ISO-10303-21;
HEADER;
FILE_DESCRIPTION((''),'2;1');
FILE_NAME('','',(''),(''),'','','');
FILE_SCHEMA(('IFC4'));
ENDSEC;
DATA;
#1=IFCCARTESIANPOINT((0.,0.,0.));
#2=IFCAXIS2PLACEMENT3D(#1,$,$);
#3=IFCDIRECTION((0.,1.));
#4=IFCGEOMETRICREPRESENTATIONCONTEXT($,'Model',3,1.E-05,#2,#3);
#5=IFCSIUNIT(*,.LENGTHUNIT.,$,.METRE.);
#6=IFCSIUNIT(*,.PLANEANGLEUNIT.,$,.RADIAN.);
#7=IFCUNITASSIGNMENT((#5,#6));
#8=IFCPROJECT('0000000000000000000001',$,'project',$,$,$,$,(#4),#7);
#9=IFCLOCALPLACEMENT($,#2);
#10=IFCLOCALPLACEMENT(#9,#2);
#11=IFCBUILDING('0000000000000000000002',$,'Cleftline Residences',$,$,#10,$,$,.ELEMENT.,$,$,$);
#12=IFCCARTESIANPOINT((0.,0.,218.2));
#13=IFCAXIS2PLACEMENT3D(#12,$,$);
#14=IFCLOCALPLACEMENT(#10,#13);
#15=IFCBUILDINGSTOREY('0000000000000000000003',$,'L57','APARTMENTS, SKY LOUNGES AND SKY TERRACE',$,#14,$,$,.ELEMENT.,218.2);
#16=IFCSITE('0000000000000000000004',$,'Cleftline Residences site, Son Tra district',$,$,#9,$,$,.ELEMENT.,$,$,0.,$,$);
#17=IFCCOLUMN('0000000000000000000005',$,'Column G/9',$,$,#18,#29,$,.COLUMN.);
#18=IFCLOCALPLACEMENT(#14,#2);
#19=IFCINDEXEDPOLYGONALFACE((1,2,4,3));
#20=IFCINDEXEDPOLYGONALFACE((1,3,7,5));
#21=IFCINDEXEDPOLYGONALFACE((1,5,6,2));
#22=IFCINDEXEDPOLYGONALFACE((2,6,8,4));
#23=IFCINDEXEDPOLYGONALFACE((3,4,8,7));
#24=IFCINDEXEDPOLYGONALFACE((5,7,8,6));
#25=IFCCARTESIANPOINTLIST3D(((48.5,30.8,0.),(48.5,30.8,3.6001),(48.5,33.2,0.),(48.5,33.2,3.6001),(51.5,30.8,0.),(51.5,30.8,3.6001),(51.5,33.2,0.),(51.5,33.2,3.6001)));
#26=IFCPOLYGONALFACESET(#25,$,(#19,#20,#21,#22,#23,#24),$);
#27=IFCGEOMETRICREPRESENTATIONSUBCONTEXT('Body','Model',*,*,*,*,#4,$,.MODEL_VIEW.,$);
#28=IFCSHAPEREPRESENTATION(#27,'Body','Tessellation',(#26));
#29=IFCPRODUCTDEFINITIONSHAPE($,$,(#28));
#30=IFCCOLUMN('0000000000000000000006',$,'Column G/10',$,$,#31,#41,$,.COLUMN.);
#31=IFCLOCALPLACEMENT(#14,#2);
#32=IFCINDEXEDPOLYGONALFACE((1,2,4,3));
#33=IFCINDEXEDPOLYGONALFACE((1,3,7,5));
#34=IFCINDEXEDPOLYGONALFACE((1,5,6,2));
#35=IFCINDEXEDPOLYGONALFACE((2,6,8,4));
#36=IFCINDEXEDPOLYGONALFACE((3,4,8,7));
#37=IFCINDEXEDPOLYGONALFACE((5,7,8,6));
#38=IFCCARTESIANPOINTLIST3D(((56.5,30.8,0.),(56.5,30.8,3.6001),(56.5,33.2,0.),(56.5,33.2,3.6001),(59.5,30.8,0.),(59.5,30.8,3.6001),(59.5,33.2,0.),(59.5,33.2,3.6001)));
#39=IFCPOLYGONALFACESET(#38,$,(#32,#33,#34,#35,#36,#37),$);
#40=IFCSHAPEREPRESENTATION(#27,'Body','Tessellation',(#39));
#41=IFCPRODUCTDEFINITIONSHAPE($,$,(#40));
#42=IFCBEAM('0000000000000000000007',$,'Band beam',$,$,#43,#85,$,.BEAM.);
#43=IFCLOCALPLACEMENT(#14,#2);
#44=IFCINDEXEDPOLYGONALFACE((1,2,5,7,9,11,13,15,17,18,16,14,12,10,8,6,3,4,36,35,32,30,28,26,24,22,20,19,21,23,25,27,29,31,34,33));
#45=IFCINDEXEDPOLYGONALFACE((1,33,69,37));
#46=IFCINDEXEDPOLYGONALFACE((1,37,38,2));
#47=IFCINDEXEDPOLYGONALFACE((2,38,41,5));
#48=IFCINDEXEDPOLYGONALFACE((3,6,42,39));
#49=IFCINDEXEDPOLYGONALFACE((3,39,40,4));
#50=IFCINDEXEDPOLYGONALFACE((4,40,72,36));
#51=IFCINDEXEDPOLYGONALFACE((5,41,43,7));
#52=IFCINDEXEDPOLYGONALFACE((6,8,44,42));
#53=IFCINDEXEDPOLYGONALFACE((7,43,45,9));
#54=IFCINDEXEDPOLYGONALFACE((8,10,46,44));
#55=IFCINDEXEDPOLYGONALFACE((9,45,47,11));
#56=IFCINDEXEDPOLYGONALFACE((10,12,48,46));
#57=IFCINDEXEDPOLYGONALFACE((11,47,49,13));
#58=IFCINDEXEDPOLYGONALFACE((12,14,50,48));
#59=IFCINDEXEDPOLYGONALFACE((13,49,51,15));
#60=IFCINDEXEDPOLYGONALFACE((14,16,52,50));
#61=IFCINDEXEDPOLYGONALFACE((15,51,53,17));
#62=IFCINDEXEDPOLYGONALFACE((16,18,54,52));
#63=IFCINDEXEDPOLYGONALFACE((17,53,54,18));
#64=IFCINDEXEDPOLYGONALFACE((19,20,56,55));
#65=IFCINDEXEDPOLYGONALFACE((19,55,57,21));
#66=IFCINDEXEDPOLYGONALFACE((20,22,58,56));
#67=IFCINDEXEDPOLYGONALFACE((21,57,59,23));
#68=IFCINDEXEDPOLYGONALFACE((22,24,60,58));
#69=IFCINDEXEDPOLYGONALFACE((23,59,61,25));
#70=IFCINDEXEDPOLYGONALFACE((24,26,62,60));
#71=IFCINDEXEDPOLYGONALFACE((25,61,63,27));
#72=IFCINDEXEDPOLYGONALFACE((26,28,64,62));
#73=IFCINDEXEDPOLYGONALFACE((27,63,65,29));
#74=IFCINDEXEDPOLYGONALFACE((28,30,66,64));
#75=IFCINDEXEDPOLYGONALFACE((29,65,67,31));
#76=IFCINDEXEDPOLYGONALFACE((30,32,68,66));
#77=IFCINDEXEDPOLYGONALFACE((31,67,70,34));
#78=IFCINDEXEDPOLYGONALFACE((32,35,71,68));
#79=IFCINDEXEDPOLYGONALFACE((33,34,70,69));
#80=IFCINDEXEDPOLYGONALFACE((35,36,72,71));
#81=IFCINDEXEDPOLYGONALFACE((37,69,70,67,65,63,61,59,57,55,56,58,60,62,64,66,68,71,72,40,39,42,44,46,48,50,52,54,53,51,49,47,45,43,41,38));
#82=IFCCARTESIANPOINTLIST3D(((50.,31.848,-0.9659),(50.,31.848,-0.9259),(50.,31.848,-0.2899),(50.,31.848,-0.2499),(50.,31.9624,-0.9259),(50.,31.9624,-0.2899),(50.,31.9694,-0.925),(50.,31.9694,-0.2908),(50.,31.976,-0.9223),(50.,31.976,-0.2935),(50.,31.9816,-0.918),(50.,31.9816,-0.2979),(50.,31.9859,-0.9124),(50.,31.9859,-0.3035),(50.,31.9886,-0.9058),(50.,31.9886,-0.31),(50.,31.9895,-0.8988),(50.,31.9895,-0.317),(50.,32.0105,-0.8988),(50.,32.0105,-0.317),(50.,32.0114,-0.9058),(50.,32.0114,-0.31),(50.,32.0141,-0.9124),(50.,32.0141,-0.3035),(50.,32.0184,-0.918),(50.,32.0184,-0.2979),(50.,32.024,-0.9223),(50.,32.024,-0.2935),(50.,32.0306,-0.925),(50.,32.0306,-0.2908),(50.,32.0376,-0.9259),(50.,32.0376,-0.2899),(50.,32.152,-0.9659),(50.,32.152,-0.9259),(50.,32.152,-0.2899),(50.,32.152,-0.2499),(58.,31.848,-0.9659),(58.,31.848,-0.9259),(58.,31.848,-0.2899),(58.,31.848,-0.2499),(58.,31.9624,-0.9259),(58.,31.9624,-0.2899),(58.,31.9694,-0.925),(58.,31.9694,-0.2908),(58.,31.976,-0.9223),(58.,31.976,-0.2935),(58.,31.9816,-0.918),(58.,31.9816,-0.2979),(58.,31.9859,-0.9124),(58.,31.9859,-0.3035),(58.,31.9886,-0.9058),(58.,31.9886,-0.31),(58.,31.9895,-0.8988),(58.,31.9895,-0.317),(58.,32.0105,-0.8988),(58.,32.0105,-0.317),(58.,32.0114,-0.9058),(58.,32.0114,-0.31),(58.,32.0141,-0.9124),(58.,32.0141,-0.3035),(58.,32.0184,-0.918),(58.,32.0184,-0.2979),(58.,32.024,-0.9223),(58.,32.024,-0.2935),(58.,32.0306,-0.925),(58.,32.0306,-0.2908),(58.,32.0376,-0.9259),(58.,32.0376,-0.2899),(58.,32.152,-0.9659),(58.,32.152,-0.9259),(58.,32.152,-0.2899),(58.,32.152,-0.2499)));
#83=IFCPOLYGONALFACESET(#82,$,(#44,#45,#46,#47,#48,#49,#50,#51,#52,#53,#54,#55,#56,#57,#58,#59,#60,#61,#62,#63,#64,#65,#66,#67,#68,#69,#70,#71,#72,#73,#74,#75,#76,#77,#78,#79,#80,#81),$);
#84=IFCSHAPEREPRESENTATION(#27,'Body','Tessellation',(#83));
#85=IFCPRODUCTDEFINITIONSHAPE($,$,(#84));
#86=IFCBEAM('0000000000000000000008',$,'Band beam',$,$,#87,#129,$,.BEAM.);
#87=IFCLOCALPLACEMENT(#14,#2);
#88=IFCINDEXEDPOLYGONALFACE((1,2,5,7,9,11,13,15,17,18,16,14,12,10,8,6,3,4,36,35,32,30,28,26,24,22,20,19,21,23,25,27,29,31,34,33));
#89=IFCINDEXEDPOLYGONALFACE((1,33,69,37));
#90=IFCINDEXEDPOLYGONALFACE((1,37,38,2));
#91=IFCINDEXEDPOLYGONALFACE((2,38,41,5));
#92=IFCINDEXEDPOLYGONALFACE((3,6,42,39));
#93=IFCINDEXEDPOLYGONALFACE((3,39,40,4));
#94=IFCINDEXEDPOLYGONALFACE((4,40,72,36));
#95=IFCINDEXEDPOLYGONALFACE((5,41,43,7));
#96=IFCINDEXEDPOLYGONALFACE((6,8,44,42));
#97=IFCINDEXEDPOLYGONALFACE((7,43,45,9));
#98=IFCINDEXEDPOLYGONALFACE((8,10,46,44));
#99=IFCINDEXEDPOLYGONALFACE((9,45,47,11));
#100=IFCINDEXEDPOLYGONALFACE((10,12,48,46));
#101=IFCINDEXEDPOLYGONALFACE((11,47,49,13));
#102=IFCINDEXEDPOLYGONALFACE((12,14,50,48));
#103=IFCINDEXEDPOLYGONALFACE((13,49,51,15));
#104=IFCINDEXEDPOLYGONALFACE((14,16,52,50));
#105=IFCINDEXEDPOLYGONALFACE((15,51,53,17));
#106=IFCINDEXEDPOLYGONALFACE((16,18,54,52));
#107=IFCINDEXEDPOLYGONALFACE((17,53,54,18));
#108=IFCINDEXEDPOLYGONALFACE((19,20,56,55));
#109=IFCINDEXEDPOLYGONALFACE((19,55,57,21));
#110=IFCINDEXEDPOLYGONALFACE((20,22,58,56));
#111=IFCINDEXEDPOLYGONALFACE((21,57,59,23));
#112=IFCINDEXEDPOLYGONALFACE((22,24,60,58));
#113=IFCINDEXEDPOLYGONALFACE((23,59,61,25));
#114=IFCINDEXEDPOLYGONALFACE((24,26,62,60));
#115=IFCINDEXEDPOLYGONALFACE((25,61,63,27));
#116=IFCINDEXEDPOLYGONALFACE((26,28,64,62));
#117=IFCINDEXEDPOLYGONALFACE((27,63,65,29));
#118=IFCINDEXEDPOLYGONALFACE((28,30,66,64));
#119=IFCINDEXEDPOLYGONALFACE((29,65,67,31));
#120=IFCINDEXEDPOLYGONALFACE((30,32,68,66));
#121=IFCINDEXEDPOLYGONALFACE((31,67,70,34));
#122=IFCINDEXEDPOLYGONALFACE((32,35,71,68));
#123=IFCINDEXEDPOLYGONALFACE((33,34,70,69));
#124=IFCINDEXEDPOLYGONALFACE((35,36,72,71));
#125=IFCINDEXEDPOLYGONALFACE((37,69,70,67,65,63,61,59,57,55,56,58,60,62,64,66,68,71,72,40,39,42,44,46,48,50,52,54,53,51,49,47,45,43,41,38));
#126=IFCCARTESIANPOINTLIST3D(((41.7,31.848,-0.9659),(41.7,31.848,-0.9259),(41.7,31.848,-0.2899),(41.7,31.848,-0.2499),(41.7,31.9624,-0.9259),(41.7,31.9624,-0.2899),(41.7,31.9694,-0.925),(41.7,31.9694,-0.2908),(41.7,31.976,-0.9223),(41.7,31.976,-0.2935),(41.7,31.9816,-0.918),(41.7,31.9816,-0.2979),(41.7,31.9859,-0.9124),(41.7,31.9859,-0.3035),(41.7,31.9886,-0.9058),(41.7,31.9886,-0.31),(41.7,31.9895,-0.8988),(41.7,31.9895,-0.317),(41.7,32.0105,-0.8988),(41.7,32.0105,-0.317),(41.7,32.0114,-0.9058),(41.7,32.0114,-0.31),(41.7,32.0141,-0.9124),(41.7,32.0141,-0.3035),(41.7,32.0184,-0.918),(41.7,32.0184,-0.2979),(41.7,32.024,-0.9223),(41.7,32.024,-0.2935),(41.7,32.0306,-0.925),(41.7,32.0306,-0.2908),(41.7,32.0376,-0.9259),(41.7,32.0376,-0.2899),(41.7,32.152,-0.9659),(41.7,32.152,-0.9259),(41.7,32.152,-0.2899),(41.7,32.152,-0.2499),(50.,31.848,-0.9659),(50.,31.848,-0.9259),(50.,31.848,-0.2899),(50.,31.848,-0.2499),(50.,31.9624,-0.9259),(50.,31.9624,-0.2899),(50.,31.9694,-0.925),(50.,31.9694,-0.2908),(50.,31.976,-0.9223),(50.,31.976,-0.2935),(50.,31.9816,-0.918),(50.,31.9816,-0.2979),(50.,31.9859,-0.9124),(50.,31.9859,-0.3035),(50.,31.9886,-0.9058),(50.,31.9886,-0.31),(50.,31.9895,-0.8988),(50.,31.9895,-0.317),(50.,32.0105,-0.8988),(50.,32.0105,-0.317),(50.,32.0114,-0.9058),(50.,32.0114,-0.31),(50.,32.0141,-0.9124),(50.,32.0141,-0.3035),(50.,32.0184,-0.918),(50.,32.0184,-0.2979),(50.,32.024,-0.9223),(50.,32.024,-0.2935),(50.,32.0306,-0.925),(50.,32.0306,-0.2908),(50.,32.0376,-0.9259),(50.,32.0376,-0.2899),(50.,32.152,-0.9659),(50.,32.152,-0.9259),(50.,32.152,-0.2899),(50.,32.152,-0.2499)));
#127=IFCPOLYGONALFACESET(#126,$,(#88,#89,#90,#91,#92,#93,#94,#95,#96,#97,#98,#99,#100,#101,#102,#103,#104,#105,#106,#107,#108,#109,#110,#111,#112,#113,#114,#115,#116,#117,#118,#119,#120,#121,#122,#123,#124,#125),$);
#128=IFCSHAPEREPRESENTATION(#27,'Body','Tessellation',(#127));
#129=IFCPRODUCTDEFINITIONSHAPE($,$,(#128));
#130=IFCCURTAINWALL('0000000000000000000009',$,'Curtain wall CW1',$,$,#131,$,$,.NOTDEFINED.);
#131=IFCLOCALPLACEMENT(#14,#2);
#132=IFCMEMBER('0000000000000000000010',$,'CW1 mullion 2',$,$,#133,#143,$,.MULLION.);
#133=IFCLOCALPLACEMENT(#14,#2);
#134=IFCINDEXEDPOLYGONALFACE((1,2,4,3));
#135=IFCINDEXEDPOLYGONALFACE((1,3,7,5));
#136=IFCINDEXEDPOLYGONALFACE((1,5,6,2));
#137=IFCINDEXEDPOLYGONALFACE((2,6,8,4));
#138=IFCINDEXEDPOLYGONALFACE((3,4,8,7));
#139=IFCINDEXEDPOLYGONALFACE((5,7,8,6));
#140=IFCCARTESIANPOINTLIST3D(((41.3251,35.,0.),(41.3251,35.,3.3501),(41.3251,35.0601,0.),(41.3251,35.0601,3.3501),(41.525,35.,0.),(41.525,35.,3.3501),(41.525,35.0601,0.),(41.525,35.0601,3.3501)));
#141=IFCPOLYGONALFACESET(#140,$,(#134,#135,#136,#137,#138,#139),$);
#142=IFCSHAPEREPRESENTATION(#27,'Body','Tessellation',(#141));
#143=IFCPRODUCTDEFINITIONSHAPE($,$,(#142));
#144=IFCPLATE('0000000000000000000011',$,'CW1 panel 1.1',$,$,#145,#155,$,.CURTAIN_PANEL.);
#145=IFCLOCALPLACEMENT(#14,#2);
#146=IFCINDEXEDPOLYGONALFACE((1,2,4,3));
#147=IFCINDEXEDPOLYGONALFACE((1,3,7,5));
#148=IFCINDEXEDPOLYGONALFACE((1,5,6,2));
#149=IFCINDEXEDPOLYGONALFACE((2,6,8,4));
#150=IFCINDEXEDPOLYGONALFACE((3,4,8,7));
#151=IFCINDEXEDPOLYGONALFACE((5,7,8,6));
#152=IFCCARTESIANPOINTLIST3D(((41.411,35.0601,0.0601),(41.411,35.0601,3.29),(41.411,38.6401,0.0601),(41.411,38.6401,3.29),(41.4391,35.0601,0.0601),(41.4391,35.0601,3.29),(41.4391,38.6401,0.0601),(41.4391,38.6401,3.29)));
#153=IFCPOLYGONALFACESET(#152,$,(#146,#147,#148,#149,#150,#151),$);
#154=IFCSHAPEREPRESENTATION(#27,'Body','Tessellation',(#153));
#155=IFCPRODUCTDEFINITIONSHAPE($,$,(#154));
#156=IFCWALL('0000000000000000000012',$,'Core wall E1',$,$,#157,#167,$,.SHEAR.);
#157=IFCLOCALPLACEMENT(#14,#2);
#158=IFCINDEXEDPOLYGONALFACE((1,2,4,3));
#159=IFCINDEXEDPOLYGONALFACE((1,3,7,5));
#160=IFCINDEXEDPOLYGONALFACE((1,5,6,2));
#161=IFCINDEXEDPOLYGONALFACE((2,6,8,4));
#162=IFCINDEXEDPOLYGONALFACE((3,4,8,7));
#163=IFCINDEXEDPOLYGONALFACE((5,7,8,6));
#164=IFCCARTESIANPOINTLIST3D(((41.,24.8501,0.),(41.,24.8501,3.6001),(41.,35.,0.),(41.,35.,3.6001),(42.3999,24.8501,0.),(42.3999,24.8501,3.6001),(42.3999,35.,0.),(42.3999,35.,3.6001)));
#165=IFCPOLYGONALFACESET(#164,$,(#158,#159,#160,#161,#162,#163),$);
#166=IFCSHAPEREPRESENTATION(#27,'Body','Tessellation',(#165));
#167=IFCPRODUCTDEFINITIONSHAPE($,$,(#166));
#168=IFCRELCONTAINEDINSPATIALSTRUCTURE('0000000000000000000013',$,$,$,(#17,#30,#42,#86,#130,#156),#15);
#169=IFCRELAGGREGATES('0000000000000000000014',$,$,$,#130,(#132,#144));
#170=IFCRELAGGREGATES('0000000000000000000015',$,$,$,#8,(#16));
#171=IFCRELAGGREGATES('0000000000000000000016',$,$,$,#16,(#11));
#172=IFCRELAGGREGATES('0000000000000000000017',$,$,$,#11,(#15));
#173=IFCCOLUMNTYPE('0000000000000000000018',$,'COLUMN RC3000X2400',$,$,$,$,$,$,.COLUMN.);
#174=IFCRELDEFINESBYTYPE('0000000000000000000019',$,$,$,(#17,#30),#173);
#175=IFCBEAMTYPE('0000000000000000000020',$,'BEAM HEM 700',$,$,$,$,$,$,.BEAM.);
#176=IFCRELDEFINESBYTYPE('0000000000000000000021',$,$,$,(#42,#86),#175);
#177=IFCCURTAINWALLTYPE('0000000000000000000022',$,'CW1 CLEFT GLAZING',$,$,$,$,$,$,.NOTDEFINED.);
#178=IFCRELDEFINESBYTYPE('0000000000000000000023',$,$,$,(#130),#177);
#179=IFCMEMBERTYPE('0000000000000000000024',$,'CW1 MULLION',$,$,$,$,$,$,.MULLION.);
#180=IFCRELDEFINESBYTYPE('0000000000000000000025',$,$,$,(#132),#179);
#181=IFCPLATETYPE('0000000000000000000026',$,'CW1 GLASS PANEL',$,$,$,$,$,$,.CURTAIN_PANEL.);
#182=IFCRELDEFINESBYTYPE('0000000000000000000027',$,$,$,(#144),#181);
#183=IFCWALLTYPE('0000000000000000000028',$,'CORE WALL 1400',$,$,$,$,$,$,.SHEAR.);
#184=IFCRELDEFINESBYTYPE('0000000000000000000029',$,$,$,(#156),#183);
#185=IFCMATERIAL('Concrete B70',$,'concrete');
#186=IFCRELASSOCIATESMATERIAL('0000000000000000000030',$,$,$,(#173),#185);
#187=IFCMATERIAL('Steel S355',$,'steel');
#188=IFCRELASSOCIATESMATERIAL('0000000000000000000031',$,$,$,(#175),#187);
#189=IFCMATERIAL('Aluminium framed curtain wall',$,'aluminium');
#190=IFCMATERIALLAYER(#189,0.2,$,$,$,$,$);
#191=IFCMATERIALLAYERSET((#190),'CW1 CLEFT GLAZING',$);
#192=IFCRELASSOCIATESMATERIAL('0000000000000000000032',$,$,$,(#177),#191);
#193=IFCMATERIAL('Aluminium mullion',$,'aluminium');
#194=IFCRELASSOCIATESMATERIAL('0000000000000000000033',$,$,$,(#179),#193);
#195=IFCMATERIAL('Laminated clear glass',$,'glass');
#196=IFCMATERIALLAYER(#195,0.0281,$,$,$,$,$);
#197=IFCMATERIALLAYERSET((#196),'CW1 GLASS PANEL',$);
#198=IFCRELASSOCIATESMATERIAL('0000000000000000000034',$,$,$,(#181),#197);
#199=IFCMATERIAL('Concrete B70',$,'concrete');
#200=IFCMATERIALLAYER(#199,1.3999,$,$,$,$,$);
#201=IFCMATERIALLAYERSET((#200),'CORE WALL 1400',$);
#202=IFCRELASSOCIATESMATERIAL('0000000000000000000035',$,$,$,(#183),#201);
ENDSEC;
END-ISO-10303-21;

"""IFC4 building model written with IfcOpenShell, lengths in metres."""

from ifc_helpers import new_model, si_unit, direction, frame, frame_2d, origin, origin_2d, place, context, subcontext, project, spatial, rectangle, i_section, extrude, material, layer, layer_set, material_profile, profile_set, type_object, element, aggregate, save


model = new_model("IFC4")

# Units and contexts
model_context = context("Model", 3, precision=1e-05, world=origin(), true_north=direction((0.0, 1.0)))
body_context = subcontext(model_context, "Body", "Model", "MODEL_VIEW")
ifc_project = project(units=[si_unit("LENGTHUNIT", "METRE"), si_unit("PLANEANGLEUNIT", "RADIAN")], contexts=[model_context])

# Site, building, storey
site_placement = place(None, origin())
site = spatial("IfcSite", under=ifc_project, at=site_placement, Name="Cleftline Residences site, Son Tra district", CompositionType="ELEMENT", RefElevation=0.0)
building_placement = place(site_placement, origin())
building = spatial("IfcBuilding", under=site, at=building_placement, Name="Cleftline Residences", CompositionType="ELEMENT")
storey_placement = place(building_placement, frame((0.0, 0.0, 218.2)))
storey = spatial("IfcBuildingStorey", under=building, at=storey_placement, Name="L57", Description="APARTMENTS, SKY LOUNGES AND SKY TERRACE", CompositionType="ELEMENT", Elevation=218.2)

# Columns
ifc_material_1 = material(Name="Concrete B70", Category="concrete")
ifc_material_profile_1 = material_profile(ifc_material_1, rectangle(XDim=3.0, YDim=2.3999, at=origin_2d()))
ifc_profile_set_1 = profile_set([ifc_material_profile_1], Name="Concrete B70")
column_type = type_object("IfcColumnType", Name="COLUMN RC3000X2400", PredefinedType="COLUMN", material=ifc_profile_set_1)
for number, where, z_axis, x_axis, name in (
    (1, (50.0, 32.0, 0.0), (0.0, 0.0, 1.0), (1.0, 0.0, 0.0), "Column G/9"),
    (2, (58.0, 32.0, 0.0), (0.0, 0.0, 1.0), (1.0, 0.0, 0.0), "Column G/10"),
):
    element("IfcColumn", number, at=place(storey_placement, frame(where, z_axis=z_axis, x_axis=x_axis)), inside=storey, type_object=column_type, Name=name, PredefinedType="COLUMN", context=body_context, shape_type="SweptSolid", body=[
        extrude(rectangle(XDim=3.0, YDim=2.3999, at=origin_2d()), origin(), (0.0, 0.0, 1.0), 3.6001),
    ])

# Beams
ifc_material_2 = material(Name="Steel S355", Category="steel")
ifc_material_profile_2 = material_profile(ifc_material_2, i_section(OverallWidth=0.304, OverallDepth=0.7161, WebThickness=0.021, FlangeThickness=0.04, FilletRadius=0.0271, at=origin_2d()))
ifc_profile_set_2 = profile_set([ifc_material_profile_2], Name="Steel S355")
beam_type = type_object("IfcBeamType", Name="BEAM HEM 700", PredefinedType="BEAM", material=ifc_profile_set_2)
beam_1_placement = place(storey_placement, frame((58.0, 32.0, -0.6079), z_axis=(-1.0, 0.0, 0.0), x_axis=(0.0, -1.0, 0.0)))
element("IfcBeam", 3, at=beam_1_placement, inside=storey, type_object=beam_type, Name="Band beam", PredefinedType="BEAM", context=body_context, shape_type="SweptSolid", body=[
    extrude(i_section(OverallWidth=0.304, OverallDepth=0.7161, WebThickness=0.021, FlangeThickness=0.04, FilletRadius=0.0271, at=origin_2d()), origin(), (0.0, 0.0, 1.0), 8.0),
])
beam_2_placement = place(storey_placement, frame((50.0, 32.0, -0.6079), z_axis=(-1.0, 0.0, 0.0), x_axis=(0.0, -1.0, 0.0)))
element("IfcBeam", 4, at=beam_2_placement, inside=storey, type_object=beam_type, Name="Band beam", PredefinedType="BEAM", context=body_context, shape_type="SweptSolid", body=[
    extrude(i_section(OverallWidth=0.304, OverallDepth=0.7161, WebThickness=0.021, FlangeThickness=0.04, FilletRadius=0.0271, at=origin_2d()), origin(), (0.0, 0.0, 1.0), 8.3),
])

# Curtain wall, member, plate
ifc_material_3 = material(Name="Aluminium framed curtain wall", Category="aluminium")
ifc_layer_1 = layer(ifc_material_3, 0.2)
ifc_layer_set_1 = layer_set([ifc_layer_1], Name="CW1 CLEFT GLAZING")
curtain_wall_type = type_object("IfcCurtainWallType", Name="CW1 CLEFT GLAZING", PredefinedType="NOTDEFINED", material=ifc_layer_set_1)
curtain_wall_placement = place(storey_placement, origin())
curtain_wall = element("IfcCurtainWall", 5, at=curtain_wall_placement, inside=storey, type_object=curtain_wall_type, Name="Curtain wall CW1", PredefinedType="NOTDEFINED")
ifc_material_4 = material(Name="Aluminium mullion", Category="aluminium")
ifc_material_profile_3 = material_profile(ifc_material_4, rectangle(XDim=0.2, YDim=0.0601, at=origin_2d()))
ifc_profile_set_3 = profile_set([ifc_material_profile_3], Name="Aluminium mullion")
member_type = type_object("IfcMemberType", Name="CW1 MULLION", PredefinedType="MULLION", material=ifc_profile_set_3)
member_placement = place(storey_placement, frame((41.425, 35.03, 0.0), z_axis=(0.0, 0.0, 1.0), x_axis=(1.0, 0.0, 0.0)))
member = element("IfcMember", 6, at=member_placement, type_object=member_type, Name="CW1 mullion 2", PredefinedType="MULLION", context=body_context, shape_type="SweptSolid", body=[
    extrude(rectangle(XDim=0.2, YDim=0.0601, at=origin_2d()), origin(), (0.0, 0.0, 1.0), 3.3501),
])
ifc_material_5 = material(Name="Laminated clear glass", Category="glass")
ifc_layer_2 = layer(ifc_material_5, 0.0281)
ifc_layer_set_2 = layer_set([ifc_layer_2], Name="CW1 GLASS PANEL")
plate_type = type_object("IfcPlateType", Name="CW1 GLASS PANEL", PredefinedType="CURTAIN_PANEL", material=ifc_layer_set_2)
plate_placement = place(storey_placement, frame((41.425, 36.8501, 0.0601), z_axis=(0.0, 0.0, 1.0), x_axis=(0.0, -1.0, 0.0)))
plate = element("IfcPlate", 7, at=plate_placement, type_object=plate_type, Name="CW1 panel 1.1", PredefinedType="CURTAIN_PANEL", context=body_context, shape_type="SweptSolid", body=[
    extrude(rectangle(XDim=3.5801, YDim=0.0281, at=origin_2d()), origin(), (0.0, 0.0, 1.0), 3.23),
])
aggregate(curtain_wall, [member, plate])

# Wall
ifc_material_6 = material(Name="Concrete B70", Category="concrete")
ifc_layer_3 = layer(ifc_material_6, 1.3999)
ifc_layer_set_3 = layer_set([ifc_layer_3], Name="CORE WALL 1400")
wall_type_1 = type_object("IfcWallType", Name="CORE WALL 1400", PredefinedType="SHEAR", material=ifc_layer_set_3)
wall_1_placement = place(storey_placement, frame((41.7, 24.8501, 0.0), z_axis=(0.0, 0.0, 1.0), x_axis=(0.0, 1.0, 0.0)))
element("IfcWall", 8, at=wall_1_placement, inside=storey, type_object=wall_type_1, Name="Core wall E1", PredefinedType="SHEAR", context=body_context, shape_type="SweptSolid", body=[
    extrude(rectangle(XDim=10.1499, YDim=1.3999, at=frame_2d((5.075, 0.0))), origin(), (0.0, 0.0, 1.0), 3.6001),
])

save(model, "model.ifc")
